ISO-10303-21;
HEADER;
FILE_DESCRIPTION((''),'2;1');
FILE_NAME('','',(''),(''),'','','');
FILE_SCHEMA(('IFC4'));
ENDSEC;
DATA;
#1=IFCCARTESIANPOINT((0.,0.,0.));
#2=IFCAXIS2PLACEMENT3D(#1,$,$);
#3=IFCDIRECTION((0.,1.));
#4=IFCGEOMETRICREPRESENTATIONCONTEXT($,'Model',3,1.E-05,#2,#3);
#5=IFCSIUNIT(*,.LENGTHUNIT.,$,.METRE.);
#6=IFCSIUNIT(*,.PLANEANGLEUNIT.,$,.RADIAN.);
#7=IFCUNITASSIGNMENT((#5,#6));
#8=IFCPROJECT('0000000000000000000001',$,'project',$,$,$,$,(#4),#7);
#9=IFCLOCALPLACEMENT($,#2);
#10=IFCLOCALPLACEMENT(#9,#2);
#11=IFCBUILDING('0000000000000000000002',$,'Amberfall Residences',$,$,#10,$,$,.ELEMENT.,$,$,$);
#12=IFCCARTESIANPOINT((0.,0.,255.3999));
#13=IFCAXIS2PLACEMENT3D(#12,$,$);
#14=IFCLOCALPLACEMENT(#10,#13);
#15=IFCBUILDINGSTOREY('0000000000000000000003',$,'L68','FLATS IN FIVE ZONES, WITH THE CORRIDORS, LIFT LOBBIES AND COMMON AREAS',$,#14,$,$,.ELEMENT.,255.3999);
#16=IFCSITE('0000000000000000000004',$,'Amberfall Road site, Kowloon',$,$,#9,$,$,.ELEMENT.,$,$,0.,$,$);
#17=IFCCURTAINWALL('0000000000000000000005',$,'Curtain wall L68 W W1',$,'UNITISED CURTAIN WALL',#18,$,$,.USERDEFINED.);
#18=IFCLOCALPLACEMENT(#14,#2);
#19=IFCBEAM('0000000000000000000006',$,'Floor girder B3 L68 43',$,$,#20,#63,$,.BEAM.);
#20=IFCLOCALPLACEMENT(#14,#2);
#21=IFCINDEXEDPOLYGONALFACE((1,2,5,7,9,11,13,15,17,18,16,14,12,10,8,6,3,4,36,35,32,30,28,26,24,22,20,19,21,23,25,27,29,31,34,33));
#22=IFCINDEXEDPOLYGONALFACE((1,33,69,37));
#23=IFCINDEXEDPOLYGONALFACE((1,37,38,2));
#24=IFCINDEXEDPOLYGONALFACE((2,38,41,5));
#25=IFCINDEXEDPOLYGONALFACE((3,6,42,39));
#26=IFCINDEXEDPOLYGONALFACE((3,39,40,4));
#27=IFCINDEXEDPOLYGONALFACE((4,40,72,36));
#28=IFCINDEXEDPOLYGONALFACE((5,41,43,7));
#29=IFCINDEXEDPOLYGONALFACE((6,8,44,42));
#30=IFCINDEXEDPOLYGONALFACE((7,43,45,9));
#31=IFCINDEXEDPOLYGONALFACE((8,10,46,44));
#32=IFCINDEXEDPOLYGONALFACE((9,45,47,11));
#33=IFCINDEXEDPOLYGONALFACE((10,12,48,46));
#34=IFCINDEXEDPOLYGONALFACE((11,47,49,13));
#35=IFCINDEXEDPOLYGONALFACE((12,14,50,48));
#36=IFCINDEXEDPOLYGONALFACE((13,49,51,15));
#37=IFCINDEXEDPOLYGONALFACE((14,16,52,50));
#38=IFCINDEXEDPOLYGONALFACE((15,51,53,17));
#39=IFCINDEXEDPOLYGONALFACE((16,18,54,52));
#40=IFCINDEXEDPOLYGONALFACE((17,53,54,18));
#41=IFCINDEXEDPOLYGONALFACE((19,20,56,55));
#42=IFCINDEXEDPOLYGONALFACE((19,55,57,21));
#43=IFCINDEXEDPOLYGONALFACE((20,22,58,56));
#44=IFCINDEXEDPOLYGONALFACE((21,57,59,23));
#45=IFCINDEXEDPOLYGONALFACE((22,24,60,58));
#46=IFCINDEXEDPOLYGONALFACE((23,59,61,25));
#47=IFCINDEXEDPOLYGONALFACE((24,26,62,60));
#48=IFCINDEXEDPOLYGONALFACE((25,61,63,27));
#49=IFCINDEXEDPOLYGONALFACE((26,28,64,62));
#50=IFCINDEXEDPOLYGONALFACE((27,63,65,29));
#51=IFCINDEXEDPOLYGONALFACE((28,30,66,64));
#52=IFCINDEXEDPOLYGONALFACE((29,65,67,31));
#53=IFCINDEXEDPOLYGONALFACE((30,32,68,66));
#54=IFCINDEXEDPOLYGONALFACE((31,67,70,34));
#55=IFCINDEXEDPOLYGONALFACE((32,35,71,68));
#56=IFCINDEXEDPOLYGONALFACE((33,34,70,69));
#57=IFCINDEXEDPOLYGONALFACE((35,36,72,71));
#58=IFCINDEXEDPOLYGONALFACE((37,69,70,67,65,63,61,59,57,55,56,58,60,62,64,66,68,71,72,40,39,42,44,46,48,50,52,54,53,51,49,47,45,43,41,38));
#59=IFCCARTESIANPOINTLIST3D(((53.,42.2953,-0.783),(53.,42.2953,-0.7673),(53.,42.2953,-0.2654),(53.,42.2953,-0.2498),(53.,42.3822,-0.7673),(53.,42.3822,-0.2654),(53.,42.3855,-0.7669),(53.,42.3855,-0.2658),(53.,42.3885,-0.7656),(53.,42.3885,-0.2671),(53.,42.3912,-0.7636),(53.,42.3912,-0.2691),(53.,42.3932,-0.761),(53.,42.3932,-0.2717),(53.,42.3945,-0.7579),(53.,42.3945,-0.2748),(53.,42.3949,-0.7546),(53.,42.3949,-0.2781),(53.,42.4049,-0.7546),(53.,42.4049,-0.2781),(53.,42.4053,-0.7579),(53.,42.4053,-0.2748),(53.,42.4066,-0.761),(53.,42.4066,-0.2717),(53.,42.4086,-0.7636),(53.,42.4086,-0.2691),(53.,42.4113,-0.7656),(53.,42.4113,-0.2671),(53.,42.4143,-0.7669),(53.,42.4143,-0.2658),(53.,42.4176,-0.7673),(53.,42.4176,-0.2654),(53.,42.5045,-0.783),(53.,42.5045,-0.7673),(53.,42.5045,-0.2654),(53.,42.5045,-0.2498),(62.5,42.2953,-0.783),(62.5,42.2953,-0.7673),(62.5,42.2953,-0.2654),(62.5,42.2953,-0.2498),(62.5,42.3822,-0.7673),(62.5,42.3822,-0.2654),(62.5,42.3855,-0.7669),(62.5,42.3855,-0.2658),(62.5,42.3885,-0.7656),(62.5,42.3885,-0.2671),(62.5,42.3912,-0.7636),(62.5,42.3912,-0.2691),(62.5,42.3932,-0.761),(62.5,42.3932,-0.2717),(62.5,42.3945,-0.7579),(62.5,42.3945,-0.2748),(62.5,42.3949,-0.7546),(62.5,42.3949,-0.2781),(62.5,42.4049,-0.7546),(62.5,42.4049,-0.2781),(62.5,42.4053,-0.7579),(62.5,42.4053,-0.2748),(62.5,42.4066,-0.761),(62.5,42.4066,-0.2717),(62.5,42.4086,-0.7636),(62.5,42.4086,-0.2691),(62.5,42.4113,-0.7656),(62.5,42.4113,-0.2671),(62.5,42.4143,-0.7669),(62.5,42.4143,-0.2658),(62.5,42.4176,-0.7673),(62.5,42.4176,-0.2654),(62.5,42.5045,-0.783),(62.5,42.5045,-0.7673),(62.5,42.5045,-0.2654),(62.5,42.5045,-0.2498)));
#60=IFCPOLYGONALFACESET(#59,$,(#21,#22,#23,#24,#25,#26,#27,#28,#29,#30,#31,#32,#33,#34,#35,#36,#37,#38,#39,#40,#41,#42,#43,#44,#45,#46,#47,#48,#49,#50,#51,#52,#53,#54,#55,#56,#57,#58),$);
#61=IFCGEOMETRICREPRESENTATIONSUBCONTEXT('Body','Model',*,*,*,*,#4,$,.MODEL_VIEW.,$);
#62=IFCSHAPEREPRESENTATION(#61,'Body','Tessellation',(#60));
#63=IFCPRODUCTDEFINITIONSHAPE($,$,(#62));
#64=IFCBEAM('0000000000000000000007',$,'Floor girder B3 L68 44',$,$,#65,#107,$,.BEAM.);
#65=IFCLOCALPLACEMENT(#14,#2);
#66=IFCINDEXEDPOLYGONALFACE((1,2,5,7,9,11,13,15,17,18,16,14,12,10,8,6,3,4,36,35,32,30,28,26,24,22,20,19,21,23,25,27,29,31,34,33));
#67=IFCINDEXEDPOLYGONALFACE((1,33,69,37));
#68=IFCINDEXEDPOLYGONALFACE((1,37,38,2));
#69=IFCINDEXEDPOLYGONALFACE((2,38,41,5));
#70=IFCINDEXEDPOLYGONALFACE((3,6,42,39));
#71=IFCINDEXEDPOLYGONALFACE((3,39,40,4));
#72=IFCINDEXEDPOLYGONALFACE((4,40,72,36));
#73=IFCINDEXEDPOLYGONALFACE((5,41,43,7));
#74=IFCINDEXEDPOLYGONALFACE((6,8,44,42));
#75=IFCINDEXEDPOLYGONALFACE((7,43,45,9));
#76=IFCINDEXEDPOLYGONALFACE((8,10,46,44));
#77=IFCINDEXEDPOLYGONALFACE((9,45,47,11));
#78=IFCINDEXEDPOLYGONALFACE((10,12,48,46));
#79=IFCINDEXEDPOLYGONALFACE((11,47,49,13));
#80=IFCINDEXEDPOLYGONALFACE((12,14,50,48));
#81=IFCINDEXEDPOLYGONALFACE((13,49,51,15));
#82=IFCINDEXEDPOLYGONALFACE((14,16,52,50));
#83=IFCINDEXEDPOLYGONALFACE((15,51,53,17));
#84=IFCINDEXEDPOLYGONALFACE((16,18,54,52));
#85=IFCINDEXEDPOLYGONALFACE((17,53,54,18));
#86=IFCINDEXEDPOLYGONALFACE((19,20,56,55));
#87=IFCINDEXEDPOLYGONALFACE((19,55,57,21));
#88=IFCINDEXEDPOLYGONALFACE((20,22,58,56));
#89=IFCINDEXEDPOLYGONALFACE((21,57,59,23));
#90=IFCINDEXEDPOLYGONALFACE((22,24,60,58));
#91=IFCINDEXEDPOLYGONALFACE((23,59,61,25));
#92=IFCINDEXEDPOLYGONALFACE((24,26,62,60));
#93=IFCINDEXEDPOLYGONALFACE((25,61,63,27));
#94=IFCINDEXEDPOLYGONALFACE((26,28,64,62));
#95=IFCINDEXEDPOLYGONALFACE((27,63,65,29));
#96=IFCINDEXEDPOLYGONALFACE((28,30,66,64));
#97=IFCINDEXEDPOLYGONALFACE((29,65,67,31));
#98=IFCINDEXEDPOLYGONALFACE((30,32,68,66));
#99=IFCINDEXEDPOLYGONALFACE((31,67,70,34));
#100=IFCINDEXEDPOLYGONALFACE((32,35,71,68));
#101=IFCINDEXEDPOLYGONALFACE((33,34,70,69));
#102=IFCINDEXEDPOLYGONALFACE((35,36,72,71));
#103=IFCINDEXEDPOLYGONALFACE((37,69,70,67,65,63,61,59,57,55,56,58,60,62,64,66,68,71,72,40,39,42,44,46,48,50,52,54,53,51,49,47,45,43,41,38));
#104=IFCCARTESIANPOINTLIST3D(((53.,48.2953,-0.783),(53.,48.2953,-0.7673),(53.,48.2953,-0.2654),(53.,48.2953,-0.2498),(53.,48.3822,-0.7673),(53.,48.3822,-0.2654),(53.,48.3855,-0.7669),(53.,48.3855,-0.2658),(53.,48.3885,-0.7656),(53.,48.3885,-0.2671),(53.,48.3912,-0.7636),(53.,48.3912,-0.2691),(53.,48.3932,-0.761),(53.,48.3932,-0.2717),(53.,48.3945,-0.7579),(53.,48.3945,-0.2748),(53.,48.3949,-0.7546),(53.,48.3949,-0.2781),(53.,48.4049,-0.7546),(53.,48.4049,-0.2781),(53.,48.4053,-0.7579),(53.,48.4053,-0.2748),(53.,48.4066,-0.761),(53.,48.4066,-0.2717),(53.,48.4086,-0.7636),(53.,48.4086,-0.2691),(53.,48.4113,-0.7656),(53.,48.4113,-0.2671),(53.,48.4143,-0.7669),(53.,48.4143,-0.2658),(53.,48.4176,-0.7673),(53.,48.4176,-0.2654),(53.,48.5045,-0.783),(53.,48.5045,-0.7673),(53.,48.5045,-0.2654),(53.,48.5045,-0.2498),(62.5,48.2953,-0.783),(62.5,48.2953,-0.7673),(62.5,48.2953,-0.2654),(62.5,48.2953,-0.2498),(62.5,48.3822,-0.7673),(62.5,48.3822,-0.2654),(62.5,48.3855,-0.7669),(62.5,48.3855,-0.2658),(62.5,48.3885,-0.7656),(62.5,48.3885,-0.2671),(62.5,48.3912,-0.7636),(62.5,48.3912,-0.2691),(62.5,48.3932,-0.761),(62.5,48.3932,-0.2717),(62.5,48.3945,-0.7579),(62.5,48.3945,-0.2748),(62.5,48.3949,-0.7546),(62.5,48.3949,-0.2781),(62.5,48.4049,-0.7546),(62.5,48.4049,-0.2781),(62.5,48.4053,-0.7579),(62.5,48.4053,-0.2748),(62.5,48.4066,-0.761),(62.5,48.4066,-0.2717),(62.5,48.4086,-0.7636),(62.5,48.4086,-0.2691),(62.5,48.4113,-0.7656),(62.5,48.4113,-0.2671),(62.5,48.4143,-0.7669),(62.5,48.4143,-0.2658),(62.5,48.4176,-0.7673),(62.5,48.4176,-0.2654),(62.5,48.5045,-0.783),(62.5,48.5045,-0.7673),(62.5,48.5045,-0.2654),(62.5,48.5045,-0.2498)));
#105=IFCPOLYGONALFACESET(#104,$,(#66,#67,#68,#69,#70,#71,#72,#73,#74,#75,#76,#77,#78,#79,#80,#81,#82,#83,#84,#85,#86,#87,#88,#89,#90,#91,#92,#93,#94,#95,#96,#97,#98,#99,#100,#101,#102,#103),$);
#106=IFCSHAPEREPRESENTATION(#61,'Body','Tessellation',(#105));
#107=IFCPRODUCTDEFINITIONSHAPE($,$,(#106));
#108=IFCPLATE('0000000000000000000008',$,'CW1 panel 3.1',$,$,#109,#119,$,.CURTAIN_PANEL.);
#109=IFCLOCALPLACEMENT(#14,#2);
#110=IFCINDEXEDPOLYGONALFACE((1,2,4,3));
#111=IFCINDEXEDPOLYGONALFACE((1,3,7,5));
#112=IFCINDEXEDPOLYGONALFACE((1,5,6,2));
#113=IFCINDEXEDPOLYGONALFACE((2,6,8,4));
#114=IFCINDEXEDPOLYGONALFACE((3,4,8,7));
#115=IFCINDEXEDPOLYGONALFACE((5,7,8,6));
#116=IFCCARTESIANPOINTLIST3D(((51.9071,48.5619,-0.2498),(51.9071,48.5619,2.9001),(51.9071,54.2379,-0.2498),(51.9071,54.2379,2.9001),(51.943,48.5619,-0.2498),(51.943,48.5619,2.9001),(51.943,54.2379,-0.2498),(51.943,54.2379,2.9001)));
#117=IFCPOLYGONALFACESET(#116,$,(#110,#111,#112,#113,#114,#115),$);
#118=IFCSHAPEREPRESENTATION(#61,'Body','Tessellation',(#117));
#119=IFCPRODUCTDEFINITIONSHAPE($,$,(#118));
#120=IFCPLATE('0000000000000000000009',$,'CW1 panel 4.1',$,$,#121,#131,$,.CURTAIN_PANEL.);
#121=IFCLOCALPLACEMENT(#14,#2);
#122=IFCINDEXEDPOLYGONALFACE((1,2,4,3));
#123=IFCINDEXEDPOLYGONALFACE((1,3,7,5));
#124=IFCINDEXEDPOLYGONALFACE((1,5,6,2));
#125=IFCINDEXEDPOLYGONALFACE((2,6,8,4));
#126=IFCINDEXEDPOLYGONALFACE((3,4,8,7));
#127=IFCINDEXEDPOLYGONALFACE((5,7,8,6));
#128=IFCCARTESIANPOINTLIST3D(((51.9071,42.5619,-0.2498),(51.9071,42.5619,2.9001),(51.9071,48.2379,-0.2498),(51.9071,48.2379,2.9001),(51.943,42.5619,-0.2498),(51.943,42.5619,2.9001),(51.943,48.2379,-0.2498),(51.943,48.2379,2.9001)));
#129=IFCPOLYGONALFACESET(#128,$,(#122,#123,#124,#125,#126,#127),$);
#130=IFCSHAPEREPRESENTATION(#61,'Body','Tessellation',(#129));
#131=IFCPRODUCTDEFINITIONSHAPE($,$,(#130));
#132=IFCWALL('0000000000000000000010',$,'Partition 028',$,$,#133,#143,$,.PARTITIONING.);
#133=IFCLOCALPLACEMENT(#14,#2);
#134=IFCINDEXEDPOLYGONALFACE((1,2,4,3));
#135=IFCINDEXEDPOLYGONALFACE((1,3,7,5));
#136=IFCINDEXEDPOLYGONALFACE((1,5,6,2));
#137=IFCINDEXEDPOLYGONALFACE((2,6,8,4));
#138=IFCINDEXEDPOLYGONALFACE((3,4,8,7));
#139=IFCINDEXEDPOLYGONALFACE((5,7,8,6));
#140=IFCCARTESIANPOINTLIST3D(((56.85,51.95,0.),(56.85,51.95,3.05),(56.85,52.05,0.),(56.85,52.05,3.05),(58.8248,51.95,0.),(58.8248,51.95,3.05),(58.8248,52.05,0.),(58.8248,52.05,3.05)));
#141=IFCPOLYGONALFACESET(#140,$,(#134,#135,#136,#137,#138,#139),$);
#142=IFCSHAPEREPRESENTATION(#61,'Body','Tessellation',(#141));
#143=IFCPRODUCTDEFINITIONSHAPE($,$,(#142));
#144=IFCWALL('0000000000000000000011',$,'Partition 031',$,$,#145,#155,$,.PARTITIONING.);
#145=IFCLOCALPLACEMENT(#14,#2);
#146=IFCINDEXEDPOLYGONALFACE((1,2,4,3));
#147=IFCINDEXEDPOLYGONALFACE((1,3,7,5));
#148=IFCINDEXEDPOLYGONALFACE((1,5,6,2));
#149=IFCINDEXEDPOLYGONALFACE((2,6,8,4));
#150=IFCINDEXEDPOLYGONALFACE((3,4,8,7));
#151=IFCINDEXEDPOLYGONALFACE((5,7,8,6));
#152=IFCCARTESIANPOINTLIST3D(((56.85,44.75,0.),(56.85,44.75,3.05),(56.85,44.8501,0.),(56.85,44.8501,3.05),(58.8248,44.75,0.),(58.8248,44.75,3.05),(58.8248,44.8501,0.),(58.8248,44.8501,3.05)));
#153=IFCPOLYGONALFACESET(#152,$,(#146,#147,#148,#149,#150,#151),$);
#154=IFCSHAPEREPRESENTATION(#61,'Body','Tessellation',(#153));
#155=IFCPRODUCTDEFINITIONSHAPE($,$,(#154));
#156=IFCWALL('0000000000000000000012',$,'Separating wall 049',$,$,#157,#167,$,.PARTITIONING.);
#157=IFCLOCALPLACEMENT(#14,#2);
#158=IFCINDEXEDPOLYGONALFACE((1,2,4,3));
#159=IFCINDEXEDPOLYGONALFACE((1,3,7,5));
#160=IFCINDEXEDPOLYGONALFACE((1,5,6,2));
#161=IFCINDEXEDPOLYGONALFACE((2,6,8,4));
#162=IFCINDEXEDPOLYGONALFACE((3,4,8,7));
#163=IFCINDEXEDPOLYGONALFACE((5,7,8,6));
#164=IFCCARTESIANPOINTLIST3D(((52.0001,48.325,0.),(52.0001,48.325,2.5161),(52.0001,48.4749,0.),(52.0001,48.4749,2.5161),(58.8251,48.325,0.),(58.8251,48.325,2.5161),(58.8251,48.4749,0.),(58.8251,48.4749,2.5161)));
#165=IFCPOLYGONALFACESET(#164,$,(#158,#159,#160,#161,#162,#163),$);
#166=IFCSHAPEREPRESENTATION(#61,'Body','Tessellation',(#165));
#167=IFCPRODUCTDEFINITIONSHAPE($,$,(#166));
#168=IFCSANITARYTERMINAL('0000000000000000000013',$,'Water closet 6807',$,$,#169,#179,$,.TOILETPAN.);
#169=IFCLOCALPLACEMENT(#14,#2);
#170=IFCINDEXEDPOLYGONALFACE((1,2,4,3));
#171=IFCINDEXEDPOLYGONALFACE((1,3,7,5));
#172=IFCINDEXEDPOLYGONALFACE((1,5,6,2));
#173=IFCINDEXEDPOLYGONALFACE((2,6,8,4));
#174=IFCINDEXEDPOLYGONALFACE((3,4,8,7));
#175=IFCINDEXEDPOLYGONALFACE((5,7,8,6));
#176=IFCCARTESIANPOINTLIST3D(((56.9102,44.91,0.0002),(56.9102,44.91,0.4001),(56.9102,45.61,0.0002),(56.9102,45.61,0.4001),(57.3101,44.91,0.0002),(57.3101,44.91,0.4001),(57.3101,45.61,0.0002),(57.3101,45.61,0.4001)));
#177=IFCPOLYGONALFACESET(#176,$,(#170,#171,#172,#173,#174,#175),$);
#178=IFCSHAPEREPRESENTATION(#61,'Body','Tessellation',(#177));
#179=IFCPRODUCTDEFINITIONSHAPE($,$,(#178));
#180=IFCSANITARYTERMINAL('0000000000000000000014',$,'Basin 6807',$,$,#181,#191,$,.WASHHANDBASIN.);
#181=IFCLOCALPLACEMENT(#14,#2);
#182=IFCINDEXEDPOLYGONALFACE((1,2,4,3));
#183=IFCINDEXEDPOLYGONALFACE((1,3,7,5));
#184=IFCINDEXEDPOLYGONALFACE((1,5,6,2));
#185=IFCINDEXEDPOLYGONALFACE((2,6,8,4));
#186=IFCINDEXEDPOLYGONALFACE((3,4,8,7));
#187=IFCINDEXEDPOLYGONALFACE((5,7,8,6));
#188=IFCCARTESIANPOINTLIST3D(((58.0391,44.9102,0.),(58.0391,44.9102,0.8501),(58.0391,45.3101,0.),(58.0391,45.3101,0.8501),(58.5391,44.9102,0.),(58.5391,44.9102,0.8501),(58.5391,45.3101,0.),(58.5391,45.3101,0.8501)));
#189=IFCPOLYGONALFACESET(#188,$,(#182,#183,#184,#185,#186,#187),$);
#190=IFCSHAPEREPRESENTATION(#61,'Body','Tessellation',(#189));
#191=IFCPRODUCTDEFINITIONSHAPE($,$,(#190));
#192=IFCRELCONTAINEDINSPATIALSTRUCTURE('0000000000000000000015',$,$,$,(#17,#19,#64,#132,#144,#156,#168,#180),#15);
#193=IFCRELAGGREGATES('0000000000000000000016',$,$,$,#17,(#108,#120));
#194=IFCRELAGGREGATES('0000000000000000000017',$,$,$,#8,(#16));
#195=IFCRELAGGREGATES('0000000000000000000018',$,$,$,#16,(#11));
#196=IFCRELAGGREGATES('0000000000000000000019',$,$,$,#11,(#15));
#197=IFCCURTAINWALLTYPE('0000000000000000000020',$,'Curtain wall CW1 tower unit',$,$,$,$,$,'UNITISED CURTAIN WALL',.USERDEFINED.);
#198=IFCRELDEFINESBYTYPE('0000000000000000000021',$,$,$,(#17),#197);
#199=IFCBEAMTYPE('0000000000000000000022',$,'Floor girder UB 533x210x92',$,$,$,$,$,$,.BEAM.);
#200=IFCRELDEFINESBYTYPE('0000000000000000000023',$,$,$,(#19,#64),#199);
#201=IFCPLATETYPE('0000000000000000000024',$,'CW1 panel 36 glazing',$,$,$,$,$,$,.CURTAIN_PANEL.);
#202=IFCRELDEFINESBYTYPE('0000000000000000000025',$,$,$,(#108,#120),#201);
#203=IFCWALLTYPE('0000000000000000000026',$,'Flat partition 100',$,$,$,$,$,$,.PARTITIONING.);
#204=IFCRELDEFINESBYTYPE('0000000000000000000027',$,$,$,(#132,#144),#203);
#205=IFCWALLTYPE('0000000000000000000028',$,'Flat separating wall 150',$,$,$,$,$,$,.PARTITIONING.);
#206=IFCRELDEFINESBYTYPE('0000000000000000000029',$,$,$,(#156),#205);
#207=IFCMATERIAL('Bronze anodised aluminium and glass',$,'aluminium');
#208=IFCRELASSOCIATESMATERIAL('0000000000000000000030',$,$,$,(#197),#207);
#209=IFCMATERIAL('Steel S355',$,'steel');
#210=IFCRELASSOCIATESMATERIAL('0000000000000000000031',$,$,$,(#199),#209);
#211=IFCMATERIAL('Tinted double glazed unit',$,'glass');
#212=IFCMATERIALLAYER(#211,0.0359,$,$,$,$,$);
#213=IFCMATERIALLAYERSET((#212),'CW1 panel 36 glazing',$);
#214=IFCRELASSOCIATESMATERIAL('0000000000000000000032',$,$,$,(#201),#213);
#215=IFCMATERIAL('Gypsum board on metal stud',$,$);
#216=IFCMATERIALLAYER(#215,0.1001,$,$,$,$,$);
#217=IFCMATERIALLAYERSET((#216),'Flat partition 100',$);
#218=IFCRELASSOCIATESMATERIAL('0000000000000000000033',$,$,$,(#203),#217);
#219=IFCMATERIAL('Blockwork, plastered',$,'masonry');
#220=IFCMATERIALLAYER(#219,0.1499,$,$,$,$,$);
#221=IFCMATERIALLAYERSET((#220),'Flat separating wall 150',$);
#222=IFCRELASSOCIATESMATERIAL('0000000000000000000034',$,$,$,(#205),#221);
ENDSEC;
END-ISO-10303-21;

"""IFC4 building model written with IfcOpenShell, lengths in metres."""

from ifc_helpers import new_model, si_unit, direction, frame, frame_2d, origin, origin_2d, place, context, subcontext, project, spatial, rectangle, i_section, extrude, material, layer, layer_set, material_profile, profile_set, type_object, element, aggregate, save


model = new_model("IFC4")

# Units and contexts
model_context = context("Model", 3, precision=1e-05, world=origin(), true_north=direction((0.0, 1.0)))
body_context = subcontext(model_context, "Body", "Model", "MODEL_VIEW")
ifc_project = project(units=[si_unit("LENGTHUNIT", "METRE"), si_unit("PLANEANGLEUNIT", "RADIAN")], contexts=[model_context])

# Site, building, storey
site_placement = place(None, origin())
site = spatial("IfcSite", under=ifc_project, at=site_placement, Name="Amberfall Road site, Kowloon", CompositionType="ELEMENT", RefElevation=0.0)
building_placement = place(site_placement, origin())
building = spatial("IfcBuilding", under=site, at=building_placement, Name="Amberfall Residences", CompositionType="ELEMENT")
storey_placement = place(building_placement, frame((0.0, 0.0, 255.3999)))
storey = spatial("IfcBuildingStorey", under=building, at=storey_placement, Name="L68", Description="FLATS IN FIVE ZONES, WITH THE CORRIDORS, LIFT LOBBIES AND COMMON AREAS", CompositionType="ELEMENT", Elevation=255.3999)

# Curtain wall
ifc_material_1 = material(Name="Bronze anodised aluminium and glass", Category="aluminium")
curtain_wall_type = type_object("IfcCurtainWallType", Name="Curtain wall CW1 tower unit", ElementType="UNITISED CURTAIN WALL", PredefinedType="USERDEFINED", material=ifc_material_1)
curtain_wall_placement = place(storey_placement, origin())
curtain_wall = element("IfcCurtainWall", 1, at=curtain_wall_placement, inside=storey, type_object=curtain_wall_type, Name="Curtain wall L68 W W1", ObjectType="UNITISED CURTAIN WALL", PredefinedType="USERDEFINED")

# Shared definitions
ifc_material_2 = material(Name="Steel S355", Category="steel")

# Beams
ifc_material_profile_1 = material_profile(ifc_material_2, i_section(OverallWidth=0.2092, OverallDepth=0.5332, WebThickness=0.01, FlangeThickness=0.0156, FilletRadius=0.0127, at=origin_2d()), Name="UB 533x210x92")
ifc_profile_set_1 = profile_set([ifc_material_profile_1], Name="Steel S355")
beam_type_1 = type_object("IfcBeamType", Name="Floor girder UB 533x210x92", PredefinedType="BEAM", material=ifc_profile_set_1)
for number, where, z_axis, x_axis, name in (
    (2, (53.0, 42.3999, -0.5164), (1.0, 0.0, 0.0), (0.0, 1.0, 0.0), "Floor girder B3 L68 43"),
    (3, (53.0, 48.3999, -0.5164), (1.0, 0.0, 0.0), (0.0, 1.0, 0.0), "Floor girder B3 L68 44"),
):
    element("IfcBeam", number, at=place(storey_placement, frame(where, z_axis=z_axis, x_axis=x_axis)), inside=storey, type_object=beam_type_1, Name=name, PredefinedType="BEAM", context=body_context, shape_type="SweptSolid", body=[
        extrude(i_section(OverallWidth=0.2092, OverallDepth=0.5332, WebThickness=0.01, FlangeThickness=0.0156, FilletRadius=0.0127, at=origin_2d()), origin(), (0.0, 0.0, 1.0), 9.5),
    ])

# Plates
ifc_material_3 = material(Name="Tinted double glazed unit", Category="glass")
ifc_layer_1 = layer(ifc_material_3, 0.0359)
ifc_layer_set_1 = layer_set([ifc_layer_1], Name="CW1 panel 36 glazing")
plate_type = type_object("IfcPlateType", Name="CW1 panel 36 glazing", PredefinedType="CURTAIN_PANEL", material=ifc_layer_set_1)
plate_1_placement = place(storey_placement, frame((51.925, 51.3999, -0.2498), z_axis=(0.0, 0.0, 1.0), x_axis=(0.0, -1.0, 0.0)))
plate_1 = element("IfcPlate", 4, at=plate_1_placement, type_object=plate_type, Name="CW1 panel 3.1", PredefinedType="CURTAIN_PANEL", context=body_context, shape_type="SweptSolid", body=[
    extrude(rectangle(XDim=5.676, YDim=0.0359, at=origin_2d()), origin(), (0.0, 0.0, 1.0), 3.1499),
])
plate_2_placement = place(storey_placement, frame((51.925, 45.3999, -0.2498), z_axis=(0.0, 0.0, 1.0), x_axis=(0.0, -1.0, 0.0)))
plate_2 = element("IfcPlate", 5, at=plate_2_placement, type_object=plate_type, Name="CW1 panel 4.1", PredefinedType="CURTAIN_PANEL", context=body_context, shape_type="SweptSolid", body=[
    extrude(rectangle(XDim=5.676, YDim=0.0359, at=origin_2d()), origin(), (0.0, 0.0, 1.0), 3.1499),
])
aggregate(curtain_wall, [plate_1, plate_2])

# Walls
ifc_material_4 = material(Name="Gypsum board on metal stud")
ifc_layer_2 = layer(ifc_material_4, 0.1001)
ifc_layer_set_2 = layer_set([ifc_layer_2], Name="Flat partition 100")
wall_type_1 = type_object("IfcWallType", Name="Flat partition 100", PredefinedType="PARTITIONING", material=ifc_layer_set_2)
for number, where, z_axis, x_axis, name in (
    (6, (56.8501, 52.0, 0.0), (0.0, 0.0, 1.0), (1.0, 0.0, 0.0), "Partition 028"),
    (7, (56.8501, 44.8, 0.0), (0.0, 0.0, 1.0), (1.0, 0.0, 0.0), "Partition 031"),
):
    element("IfcWall", number, at=place(storey_placement, frame(where, z_axis=z_axis, x_axis=x_axis)), inside=storey, type_object=wall_type_1, Name=name, PredefinedType="PARTITIONING", context=body_context, shape_type="SweptSolid", body=[
        extrude(rectangle(XDim=1.9749, YDim=0.1001, at=frame_2d((0.9873, 0.0))), origin(), (0.0, 0.0, 1.0), 3.05),
    ])
ifc_material_5 = material(Name="Blockwork, plastered", Category="masonry")
ifc_layer_3 = layer(ifc_material_5, 0.1499)
ifc_layer_set_3 = layer_set([ifc_layer_3], Name="Flat separating wall 150")
wall_type_2 = type_object("IfcWallType", Name="Flat separating wall 150", PredefinedType="PARTITIONING", material=ifc_layer_set_3)
wall_placement = place(storey_placement, frame((52.0, 48.3999, 0.0), z_axis=(0.0, 0.0, 1.0), x_axis=(1.0, 0.0, 0.0)))
element("IfcWall", 8, at=wall_placement, inside=storey, type_object=wall_type_2, Name="Separating wall 049", PredefinedType="PARTITIONING", context=body_context, shape_type="SweptSolid", body=[
    extrude(rectangle(XDim=6.825, YDim=0.1499, at=frame_2d((3.4126, 0.0))), origin(), (0.0, 0.0, 1.0), 2.5161),
])

# Sanitary terminals
sanitary_terminal_1_placement = place(storey_placement, frame((57.1101, 45.26, 0.0002), z_axis=(0.0, 0.0, 1.0), x_axis=(1.0, 0.0, 0.0)))
element("IfcSanitaryTerminal", 9, at=sanitary_terminal_1_placement, inside=storey, Name="Water closet 6807", PredefinedType="TOILETPAN", context=body_context, shape_type="SweptSolid", body=[
    extrude(rectangle(XDim=0.3999, YDim=0.7, at=origin_2d()), origin(), (0.0, 0.0, 1.0), 0.3999),
])
sanitary_terminal_2_placement = place(storey_placement, frame((58.2891, 45.1101, 0.0), z_axis=(0.0, 0.0, 1.0), x_axis=(1.0, 0.0, 0.0)))
element("IfcSanitaryTerminal", 10, at=sanitary_terminal_2_placement, inside=storey, Name="Basin 6807", PredefinedType="WASHHANDBASIN", context=body_context, shape_type="SweptSolid", body=[
    extrude(rectangle(XDim=0.5, YDim=0.3999, at=origin_2d()), origin(), (0.0, 0.0, 1.0), 0.8501),
])

save(model, "model.ifc")
